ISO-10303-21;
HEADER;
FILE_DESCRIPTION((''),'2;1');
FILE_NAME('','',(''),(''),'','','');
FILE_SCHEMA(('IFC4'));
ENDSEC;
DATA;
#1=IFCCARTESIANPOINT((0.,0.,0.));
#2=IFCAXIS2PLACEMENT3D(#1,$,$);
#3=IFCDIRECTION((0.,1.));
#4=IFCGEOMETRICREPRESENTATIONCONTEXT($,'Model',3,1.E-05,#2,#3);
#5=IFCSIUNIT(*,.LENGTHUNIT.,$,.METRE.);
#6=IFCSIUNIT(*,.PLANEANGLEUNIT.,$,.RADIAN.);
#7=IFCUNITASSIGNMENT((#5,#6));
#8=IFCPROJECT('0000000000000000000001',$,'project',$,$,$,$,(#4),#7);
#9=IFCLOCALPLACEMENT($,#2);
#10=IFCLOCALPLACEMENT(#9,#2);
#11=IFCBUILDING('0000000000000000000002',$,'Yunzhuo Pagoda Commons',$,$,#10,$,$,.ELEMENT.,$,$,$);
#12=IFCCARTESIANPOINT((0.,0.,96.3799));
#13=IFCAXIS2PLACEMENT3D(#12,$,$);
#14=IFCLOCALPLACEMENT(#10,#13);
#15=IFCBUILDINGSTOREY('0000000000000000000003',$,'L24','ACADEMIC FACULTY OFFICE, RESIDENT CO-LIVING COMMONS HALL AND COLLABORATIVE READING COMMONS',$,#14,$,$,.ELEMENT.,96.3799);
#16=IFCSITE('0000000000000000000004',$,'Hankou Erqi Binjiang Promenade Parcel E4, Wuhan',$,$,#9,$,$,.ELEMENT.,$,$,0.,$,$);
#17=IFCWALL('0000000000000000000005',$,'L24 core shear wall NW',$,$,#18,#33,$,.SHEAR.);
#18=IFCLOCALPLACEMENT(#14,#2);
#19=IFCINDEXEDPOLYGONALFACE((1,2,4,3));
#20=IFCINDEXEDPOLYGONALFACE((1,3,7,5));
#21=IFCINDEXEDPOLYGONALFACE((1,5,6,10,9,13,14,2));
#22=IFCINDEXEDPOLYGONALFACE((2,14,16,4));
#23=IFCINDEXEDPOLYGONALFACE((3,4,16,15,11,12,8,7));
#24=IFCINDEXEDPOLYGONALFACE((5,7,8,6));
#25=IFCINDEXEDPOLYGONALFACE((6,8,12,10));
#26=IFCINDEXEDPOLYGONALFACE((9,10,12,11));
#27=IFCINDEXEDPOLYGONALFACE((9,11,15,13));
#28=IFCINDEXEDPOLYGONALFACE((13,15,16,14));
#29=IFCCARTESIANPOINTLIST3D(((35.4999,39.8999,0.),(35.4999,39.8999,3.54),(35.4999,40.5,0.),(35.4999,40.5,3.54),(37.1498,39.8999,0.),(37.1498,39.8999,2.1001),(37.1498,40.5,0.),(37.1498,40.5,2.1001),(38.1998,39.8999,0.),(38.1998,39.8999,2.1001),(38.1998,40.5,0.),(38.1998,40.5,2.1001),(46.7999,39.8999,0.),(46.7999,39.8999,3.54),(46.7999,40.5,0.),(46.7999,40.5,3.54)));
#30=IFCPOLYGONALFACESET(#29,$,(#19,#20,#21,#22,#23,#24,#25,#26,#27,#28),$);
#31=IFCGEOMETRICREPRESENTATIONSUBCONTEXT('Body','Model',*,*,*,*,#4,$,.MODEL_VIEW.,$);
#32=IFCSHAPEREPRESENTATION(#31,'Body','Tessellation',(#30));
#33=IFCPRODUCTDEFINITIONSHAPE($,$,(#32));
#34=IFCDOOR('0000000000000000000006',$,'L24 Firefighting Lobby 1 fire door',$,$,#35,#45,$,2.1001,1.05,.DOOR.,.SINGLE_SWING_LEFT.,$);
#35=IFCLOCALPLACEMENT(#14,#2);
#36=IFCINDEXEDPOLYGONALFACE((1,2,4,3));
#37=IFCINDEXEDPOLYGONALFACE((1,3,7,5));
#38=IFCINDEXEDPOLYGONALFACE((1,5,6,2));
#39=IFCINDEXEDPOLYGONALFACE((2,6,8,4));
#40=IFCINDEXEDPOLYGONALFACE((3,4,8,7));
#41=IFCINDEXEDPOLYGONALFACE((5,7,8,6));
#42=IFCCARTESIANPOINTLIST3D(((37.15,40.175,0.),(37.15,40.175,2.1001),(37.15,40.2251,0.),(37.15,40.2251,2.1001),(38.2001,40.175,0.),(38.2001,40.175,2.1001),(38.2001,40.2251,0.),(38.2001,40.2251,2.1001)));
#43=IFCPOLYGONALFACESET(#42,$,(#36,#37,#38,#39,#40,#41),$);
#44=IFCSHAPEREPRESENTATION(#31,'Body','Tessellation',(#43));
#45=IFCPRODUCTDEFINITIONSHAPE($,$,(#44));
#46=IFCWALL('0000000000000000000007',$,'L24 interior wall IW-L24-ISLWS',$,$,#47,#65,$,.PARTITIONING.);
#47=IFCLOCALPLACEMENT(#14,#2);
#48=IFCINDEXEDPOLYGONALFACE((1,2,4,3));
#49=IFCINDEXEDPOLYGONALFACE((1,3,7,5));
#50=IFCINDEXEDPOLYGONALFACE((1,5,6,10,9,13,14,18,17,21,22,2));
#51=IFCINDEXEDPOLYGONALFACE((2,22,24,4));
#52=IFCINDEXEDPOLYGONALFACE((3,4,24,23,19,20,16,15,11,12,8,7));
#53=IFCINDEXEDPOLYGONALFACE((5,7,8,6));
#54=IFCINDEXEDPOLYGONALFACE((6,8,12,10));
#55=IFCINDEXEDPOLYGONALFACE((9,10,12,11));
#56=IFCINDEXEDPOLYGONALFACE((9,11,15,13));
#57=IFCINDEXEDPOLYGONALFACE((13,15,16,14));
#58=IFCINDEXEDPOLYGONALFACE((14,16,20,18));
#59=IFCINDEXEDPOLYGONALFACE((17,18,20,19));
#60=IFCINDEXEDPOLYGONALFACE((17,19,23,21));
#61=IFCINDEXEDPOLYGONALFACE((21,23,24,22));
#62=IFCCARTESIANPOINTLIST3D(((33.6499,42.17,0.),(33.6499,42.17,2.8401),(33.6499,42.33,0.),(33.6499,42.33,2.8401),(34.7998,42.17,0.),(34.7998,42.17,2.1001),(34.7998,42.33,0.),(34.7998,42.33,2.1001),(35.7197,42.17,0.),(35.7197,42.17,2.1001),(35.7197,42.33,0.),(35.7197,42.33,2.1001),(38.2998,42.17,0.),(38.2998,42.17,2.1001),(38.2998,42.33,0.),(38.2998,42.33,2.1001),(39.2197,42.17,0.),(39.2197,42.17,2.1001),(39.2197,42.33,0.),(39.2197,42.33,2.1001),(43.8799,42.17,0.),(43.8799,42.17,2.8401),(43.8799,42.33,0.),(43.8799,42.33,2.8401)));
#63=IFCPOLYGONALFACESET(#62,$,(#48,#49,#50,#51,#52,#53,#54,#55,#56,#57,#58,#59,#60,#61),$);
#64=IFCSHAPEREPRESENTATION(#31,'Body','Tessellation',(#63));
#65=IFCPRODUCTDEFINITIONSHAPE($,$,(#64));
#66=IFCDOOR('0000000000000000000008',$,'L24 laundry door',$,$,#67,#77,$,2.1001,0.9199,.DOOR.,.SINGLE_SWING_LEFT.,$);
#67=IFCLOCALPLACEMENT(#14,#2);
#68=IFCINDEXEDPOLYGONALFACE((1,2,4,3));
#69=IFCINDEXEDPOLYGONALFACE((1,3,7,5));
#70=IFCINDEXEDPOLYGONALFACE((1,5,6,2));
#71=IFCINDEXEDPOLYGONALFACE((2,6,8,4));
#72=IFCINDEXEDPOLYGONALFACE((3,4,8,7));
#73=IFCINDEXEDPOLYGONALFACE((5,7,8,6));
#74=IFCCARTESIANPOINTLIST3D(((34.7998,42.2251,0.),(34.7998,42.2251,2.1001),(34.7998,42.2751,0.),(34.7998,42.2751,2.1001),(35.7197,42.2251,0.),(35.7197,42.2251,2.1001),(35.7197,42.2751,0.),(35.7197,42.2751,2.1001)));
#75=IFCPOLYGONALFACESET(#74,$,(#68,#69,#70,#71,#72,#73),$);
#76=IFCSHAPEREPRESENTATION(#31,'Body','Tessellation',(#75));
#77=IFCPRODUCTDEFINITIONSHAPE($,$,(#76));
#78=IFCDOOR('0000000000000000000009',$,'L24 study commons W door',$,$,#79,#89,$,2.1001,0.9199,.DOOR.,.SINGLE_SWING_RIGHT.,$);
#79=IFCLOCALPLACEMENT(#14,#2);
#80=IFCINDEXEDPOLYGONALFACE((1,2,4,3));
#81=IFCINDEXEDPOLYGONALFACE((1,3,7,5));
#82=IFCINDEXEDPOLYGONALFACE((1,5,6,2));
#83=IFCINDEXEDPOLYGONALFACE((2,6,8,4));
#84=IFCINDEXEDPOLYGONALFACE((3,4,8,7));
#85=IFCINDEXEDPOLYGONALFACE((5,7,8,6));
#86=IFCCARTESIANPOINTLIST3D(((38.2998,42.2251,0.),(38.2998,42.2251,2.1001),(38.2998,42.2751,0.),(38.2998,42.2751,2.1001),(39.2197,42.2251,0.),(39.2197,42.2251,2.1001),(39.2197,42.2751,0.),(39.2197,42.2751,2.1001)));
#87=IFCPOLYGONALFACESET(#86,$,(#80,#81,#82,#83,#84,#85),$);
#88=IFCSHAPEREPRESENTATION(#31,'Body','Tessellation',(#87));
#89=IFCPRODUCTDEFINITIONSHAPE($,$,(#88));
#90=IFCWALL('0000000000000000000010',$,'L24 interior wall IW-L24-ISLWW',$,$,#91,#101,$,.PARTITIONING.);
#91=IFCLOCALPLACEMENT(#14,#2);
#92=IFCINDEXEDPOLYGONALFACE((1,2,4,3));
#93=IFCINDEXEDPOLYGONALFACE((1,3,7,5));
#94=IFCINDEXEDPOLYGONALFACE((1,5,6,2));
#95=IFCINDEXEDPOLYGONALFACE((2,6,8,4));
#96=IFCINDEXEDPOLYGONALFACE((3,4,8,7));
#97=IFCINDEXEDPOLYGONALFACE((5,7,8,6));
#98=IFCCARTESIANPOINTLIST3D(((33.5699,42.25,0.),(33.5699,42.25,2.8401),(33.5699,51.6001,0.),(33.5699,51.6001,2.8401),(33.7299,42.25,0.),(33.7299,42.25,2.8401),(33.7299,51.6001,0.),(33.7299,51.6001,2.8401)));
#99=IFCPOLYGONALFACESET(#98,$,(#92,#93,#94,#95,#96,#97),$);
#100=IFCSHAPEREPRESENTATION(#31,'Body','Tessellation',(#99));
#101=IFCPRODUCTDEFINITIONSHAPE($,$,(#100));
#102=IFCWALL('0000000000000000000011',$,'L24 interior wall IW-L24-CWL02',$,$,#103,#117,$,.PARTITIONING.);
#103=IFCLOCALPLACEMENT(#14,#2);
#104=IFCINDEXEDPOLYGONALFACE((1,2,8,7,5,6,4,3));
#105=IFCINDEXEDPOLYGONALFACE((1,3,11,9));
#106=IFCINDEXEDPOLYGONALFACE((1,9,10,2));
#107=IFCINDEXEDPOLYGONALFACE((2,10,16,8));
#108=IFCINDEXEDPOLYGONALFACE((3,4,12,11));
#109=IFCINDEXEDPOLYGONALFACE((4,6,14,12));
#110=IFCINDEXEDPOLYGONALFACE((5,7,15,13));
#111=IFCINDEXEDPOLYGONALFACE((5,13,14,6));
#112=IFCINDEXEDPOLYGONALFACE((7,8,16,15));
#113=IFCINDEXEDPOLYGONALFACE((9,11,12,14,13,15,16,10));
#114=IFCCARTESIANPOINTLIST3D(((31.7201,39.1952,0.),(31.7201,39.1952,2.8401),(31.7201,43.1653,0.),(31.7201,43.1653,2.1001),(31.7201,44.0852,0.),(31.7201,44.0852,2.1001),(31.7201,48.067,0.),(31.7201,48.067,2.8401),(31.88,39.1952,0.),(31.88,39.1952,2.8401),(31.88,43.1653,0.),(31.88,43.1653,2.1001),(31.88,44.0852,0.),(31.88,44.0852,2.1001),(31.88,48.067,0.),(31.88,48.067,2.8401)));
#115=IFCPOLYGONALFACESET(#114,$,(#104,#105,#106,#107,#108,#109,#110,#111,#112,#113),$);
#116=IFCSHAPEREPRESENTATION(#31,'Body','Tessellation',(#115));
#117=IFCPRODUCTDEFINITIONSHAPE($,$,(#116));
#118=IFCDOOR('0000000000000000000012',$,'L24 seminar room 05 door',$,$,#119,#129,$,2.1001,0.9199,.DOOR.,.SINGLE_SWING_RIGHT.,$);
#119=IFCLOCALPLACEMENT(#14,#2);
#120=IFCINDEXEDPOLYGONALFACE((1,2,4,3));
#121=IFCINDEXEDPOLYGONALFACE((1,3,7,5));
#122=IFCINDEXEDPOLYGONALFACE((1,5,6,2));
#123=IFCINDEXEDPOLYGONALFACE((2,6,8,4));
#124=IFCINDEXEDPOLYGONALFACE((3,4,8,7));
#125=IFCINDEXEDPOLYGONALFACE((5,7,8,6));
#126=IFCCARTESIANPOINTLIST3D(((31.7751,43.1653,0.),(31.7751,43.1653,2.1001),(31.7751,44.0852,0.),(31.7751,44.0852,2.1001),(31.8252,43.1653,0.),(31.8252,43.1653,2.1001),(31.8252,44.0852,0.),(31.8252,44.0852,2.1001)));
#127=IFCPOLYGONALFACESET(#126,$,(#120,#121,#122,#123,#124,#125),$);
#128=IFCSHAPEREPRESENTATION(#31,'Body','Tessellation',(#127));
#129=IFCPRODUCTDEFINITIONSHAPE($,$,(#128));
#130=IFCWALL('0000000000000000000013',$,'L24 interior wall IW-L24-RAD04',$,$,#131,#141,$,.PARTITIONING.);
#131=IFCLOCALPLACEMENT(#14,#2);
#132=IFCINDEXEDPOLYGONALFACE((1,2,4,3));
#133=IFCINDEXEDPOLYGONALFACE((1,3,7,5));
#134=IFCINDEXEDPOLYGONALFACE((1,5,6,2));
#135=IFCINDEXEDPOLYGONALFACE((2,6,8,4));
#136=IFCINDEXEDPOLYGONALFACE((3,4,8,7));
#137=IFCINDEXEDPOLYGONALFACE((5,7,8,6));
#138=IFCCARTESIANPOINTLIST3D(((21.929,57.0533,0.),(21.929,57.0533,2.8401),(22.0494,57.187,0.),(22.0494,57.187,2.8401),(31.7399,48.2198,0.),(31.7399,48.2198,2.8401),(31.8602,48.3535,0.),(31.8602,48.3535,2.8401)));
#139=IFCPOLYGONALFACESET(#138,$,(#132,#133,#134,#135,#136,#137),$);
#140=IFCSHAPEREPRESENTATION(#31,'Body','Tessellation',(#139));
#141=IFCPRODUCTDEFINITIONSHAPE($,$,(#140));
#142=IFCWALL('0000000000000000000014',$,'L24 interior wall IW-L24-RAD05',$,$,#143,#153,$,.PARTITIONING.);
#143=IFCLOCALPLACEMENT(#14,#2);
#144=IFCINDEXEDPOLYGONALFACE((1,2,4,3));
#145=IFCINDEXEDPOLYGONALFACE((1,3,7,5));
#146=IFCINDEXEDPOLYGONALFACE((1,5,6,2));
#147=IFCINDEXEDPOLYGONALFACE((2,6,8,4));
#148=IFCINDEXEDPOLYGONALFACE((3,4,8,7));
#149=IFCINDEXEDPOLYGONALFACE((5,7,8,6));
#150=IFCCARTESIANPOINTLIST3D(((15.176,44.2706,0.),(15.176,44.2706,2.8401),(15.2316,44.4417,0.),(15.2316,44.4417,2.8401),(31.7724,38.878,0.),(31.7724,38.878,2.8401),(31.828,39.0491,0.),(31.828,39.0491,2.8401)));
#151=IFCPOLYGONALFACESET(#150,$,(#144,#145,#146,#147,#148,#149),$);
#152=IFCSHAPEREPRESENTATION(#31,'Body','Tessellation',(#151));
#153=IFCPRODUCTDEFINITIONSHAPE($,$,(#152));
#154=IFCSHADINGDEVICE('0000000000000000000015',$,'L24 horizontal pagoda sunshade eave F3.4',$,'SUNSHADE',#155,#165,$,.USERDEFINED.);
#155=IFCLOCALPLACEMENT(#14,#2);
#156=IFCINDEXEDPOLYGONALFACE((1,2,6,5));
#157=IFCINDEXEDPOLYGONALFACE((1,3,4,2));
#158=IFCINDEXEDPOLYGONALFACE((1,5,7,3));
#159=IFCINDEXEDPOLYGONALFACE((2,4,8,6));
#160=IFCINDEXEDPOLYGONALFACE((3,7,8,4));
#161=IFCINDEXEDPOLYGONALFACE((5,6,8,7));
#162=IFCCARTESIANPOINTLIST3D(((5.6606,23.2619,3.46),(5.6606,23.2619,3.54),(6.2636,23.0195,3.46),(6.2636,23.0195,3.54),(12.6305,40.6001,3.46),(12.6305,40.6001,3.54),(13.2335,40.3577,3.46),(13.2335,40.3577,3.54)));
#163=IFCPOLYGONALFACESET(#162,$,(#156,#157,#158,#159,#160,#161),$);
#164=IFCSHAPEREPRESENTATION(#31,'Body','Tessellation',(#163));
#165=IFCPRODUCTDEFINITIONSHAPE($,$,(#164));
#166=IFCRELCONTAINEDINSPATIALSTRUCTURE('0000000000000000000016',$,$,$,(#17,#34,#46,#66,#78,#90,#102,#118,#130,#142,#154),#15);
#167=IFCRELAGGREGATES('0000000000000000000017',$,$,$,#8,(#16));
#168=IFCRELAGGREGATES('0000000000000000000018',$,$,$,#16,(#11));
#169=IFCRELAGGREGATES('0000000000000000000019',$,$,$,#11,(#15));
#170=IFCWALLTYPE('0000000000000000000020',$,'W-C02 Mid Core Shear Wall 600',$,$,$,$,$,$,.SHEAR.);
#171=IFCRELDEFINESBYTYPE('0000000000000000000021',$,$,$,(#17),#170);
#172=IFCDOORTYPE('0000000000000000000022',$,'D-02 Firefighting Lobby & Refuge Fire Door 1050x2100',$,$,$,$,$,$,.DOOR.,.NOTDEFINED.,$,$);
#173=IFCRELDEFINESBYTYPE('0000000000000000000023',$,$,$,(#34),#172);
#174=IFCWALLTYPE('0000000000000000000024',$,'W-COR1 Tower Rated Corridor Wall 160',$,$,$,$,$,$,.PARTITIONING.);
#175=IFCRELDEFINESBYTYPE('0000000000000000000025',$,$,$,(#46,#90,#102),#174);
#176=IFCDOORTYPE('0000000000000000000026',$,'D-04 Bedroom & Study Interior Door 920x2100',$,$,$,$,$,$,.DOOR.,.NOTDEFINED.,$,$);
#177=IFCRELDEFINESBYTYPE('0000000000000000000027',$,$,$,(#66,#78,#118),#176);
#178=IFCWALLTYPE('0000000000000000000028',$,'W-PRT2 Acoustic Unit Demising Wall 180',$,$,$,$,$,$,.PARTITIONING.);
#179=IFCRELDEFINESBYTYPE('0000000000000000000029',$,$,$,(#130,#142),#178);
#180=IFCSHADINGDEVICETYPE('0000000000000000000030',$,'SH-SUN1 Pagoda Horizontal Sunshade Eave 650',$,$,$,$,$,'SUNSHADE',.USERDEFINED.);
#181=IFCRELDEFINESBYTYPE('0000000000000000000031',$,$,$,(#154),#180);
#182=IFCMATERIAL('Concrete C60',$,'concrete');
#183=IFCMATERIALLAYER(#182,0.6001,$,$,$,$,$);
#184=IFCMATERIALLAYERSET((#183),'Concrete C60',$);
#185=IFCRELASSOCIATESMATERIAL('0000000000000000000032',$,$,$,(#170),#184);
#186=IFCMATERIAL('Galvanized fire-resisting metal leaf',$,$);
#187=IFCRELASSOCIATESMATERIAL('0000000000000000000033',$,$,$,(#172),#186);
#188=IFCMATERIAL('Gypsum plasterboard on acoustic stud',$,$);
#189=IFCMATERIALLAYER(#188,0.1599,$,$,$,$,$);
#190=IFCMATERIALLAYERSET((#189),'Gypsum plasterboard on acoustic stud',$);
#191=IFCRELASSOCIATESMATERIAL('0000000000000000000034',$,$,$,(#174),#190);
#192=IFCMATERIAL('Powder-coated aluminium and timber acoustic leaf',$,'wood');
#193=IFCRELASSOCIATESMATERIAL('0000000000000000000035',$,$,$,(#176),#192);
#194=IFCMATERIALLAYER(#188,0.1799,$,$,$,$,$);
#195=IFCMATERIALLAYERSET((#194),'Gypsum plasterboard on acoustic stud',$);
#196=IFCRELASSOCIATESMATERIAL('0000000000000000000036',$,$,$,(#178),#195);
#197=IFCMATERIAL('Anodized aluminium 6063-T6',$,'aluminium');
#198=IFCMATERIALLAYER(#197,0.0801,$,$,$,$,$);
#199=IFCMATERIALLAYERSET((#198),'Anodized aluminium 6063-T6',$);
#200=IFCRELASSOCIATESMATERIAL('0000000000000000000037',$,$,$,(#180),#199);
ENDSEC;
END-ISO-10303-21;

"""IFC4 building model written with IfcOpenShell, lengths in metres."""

from ifc_helpers import new_model, si_unit, direction, frame, frame_2d, origin, origin_with_axes, origin_2d, place, context, subcontext, project, spatial, rectangle, extrude, source, transform, mapped, material, layer, layer_set, type_object, element, fill, save


model = new_model("IFC4")

# Units and contexts
model_context = context("Model", 3, precision=1e-05, world=origin(), true_north=direction((0.0, 1.0)))
body_context = subcontext(model_context, "Body", "Model", "MODEL_VIEW")
ifc_project = project(units=[si_unit("LENGTHUNIT", "METRE"), si_unit("PLANEANGLEUNIT", "RADIAN")], contexts=[model_context])

# Site, building, storey
site_placement = place(None, origin())
site = spatial("IfcSite", under=ifc_project, at=site_placement, Name="Hankou Erqi Binjiang Promenade Parcel E4, Wuhan", CompositionType="ELEMENT", RefElevation=0.0)
building_placement = place(site_placement, origin())
building = spatial("IfcBuilding", under=site, at=building_placement, Name="Yunzhuo Pagoda Commons", CompositionType="ELEMENT")
storey_placement = place(building_placement, frame((0.0, 0.0, 96.3799)))
storey = spatial("IfcBuildingStorey", under=building, at=storey_placement, Name="L24", Description="ACADEMIC FACULTY OFFICE, RESIDENT CO-LIVING COMMONS HALL AND COLLABORATIVE READING COMMONS", CompositionType="ELEMENT", Elevation=96.3799)

# Shared definitions
ifc_material_1 = material(Name="Anodized aluminium 6063-T6", Category="aluminium")

# Wall, opening, door
ifc_material_2 = material(Name="Concrete C60", Category="concrete")
ifc_layer_1 = layer(ifc_material_2, 0.6001)
ifc_layer_set_1 = layer_set([ifc_layer_1], Name="Concrete C60")
wall_type_1 = type_object("IfcWallType", Name="W-C02 Mid Core Shear Wall 600", PredefinedType="SHEAR", material=ifc_layer_set_1)
wall_1_placement = place(storey_placement, frame((35.5, 40.2, 0.0), z_axis=(0.0, 0.0, 1.0), x_axis=(1.0, 0.0, 0.0)))
wall_1 = element("IfcWall", 1, at=wall_1_placement, inside=storey, type_object=wall_type_1, Name="L24 core shear wall NW", PredefinedType="SHEAR", context=body_context, shape_type="SweptSolid", body=[
    extrude(rectangle(XDim=11.3, YDim=0.6001, at=frame_2d((5.6499, 0.0))), origin(), (0.0, 0.0, 1.0), 3.54),
])
opening_1_placement = place(wall_1_placement, frame((1.6499, 0.0, 0.0)))
opening_1 = element("IfcOpeningElement", 2, at=opening_1_placement, cuts=wall_1, PredefinedType="OPENING", context=body_context, shape_type="SweptSolid", body=[
    extrude(rectangle(XDim=1.05, YDim=2.1001, at=frame_2d((0.5249, 1.05))), frame((0.0, 0.3101, 0.0), z_axis=(0.0, -1.0, 0.0), x_axis=(1.0, 0.0, 0.0)), (0.0, 0.0, 1.0), 0.6201),
])
ifc_material_3 = material(Name="Galvanized fire-resisting metal leaf")
door_type_1 = type_object("IfcDoorType", Name="D-02 Firefighting Lobby & Refuge Fire Door 1050x2100", OperationType="NOTDEFINED", PredefinedType="DOOR", material=ifc_material_3)
shared_shape_1 = source(origin(), body_context, "Body", "SweptSolid", [
    extrude(rectangle(XDim=1.05, YDim=2.1001, at=frame_2d((0.5249, 1.05))), frame((0.0, 0.0249, 0.0), z_axis=(0.0, -1.0, 0.0), x_axis=(1.0, 0.0, 0.0)), (0.0, 0.0, 1.0), 0.05),
])
door_1_placement = place(opening_1_placement, frame((1.05, 0.0, 0.0), z_axis=(0.0, 0.0, 1.0), x_axis=(-1.0, 0.0, 0.0)))
door_1 = element("IfcDoor", 3, at=door_1_placement, inside=storey, type_object=door_type_1, Name="L24 Firefighting Lobby 1 fire door", OperationType="SINGLE_SWING_LEFT", OverallHeight=2.1001, OverallWidth=1.05, PredefinedType="DOOR", context=body_context, shape_type="MappedRepresentation", body=[
    mapped(shared_shape_1, transform((0.0, 0.0, 0.0), scale=1.0)),
])
fill(opening_1, door_1)

# Wall, openings, doors
ifc_material_4 = material(Name="Gypsum plasterboard on acoustic stud")
ifc_layer_2 = layer(ifc_material_4, 0.1599)
ifc_layer_set_2 = layer_set([ifc_layer_2], Name="Gypsum plasterboard on acoustic stud")
wall_type_2 = type_object("IfcWallType", Name="W-COR1 Tower Rated Corridor Wall 160", PredefinedType="PARTITIONING", material=ifc_layer_set_2)
wall_2_placement = place(storey_placement, frame((33.6499, 42.25, 0.0), z_axis=(0.0, 0.0, 1.0), x_axis=(1.0, 0.0, 0.0)))
wall_2 = element("IfcWall", 4, at=wall_2_placement, inside=storey, type_object=wall_type_2, Name="L24 interior wall IW-L24-ISLWS", PredefinedType="PARTITIONING", context=body_context, shape_type="SweptSolid", body=[
    extrude(rectangle(XDim=10.23, YDim=0.1599, at=frame_2d((5.115, 0.0))), origin(), (0.0, 0.0, 1.0), 2.8401),
])
opening_2_placement = place(wall_2_placement, frame((1.1499, 0.0, 0.0)))
opening_2 = element("IfcOpeningElement", 5, at=opening_2_placement, cuts=wall_2, PredefinedType="OPENING", context=body_context, shape_type="SweptSolid", body=[
    extrude(rectangle(XDim=0.9199, YDim=2.1001, at=frame_2d((0.46, 1.05))), frame((0.0, 0.0898, 0.0), z_axis=(0.0, -1.0, 0.0), x_axis=(1.0, 0.0, 0.0)), (0.0, 0.0, 1.0), 0.1799),
])
opening_3_placement = place(wall_2_placement, frame((4.6499, 0.0, 0.0)))
opening_3 = element("IfcOpeningElement", 6, at=opening_3_placement, cuts=wall_2, PredefinedType="OPENING", context=body_context, shape_type="SweptSolid", body=[
    extrude(rectangle(XDim=0.9199, YDim=2.1001, at=frame_2d((0.46, 1.05))), frame((0.0, 0.0898, 0.0), z_axis=(0.0, -1.0, 0.0), x_axis=(1.0, 0.0, 0.0)), (0.0, 0.0, 1.0), 0.1799),
])
ifc_material_5 = material(Name="Powder-coated aluminium and timber acoustic leaf", Category="wood")
door_type_2 = type_object("IfcDoorType", Name="D-04 Bedroom & Study Interior Door 920x2100", OperationType="NOTDEFINED", PredefinedType="DOOR", material=ifc_material_5)
shared_shape_2 = source(origin(), body_context, "Body", "SweptSolid", [
    extrude(rectangle(XDim=0.9199, YDim=2.1001, at=frame_2d((0.46, 1.05))), frame((0.0, 0.0249, 0.0), z_axis=(0.0, -1.0, 0.0), x_axis=(1.0, 0.0, 0.0)), (0.0, 0.0, 1.0), 0.05),
])
door_2_placement = place(opening_2_placement, frame((0.9199, 0.0, 0.0), z_axis=(0.0, 0.0, 1.0), x_axis=(-1.0, 0.0, 0.0)))
door_2 = element("IfcDoor", 7, at=door_2_placement, inside=storey, type_object=door_type_2, Name="L24 laundry door", OperationType="SINGLE_SWING_LEFT", OverallHeight=2.1001, OverallWidth=0.9199, PredefinedType="DOOR", context=body_context, shape_type="MappedRepresentation", body=[
    mapped(shared_shape_2, transform((0.0, 0.0, 0.0), scale=1.0)),
])
fill(opening_2, door_2)
door_3_placement = place(opening_3_placement, frame((0.9199, 0.0, 0.0), z_axis=(0.0, 0.0, 1.0), x_axis=(-1.0, 0.0, 0.0)))
door_3 = element("IfcDoor", 8, at=door_3_placement, inside=storey, type_object=door_type_2, Name="L24 study commons W door", OperationType="SINGLE_SWING_RIGHT", OverallHeight=2.1001, OverallWidth=0.9199, PredefinedType="DOOR", context=body_context, shape_type="MappedRepresentation", body=[
    mapped(shared_shape_2, transform((0.0, 0.0, 0.0), scale=1.0)),
])
fill(opening_3, door_3)

# Wall
wall_3_placement = place(storey_placement, frame((33.6499, 42.25, 0.0), z_axis=(0.0, 0.0, 1.0), x_axis=(0.0, 1.0, 0.0)))
element("IfcWall", 9, at=wall_3_placement, inside=storey, type_object=wall_type_2, Name="L24 interior wall IW-L24-ISLWW", PredefinedType="PARTITIONING", context=body_context, shape_type="SweptSolid", body=[
    extrude(rectangle(XDim=9.3501, YDim=0.1599, at=frame_2d((4.675, 0.0))), origin(), (0.0, 0.0, 1.0), 2.8401),
])

# Wall, opening, door
wall_4_placement = place(storey_placement, frame((31.8, 39.1951, 0.0), z_axis=(0.0, 0.0, 1.0), x_axis=(0.0, 1.0, 0.0)))
wall_4 = element("IfcWall", 10, at=wall_4_placement, inside=storey, type_object=wall_type_2, Name="L24 interior wall IW-L24-CWL02", PredefinedType="PARTITIONING", context=body_context, shape_type="SweptSolid", body=[
    extrude(rectangle(XDim=8.8718, YDim=0.1599, at=frame_2d((4.436, 0.0))), origin(), (0.0, 0.0, 1.0), 2.8401),
])
opening_4_placement = place(wall_4_placement, frame((3.9702, 0.0, 0.0)))
opening_4 = element("IfcOpeningElement", 11, at=opening_4_placement, cuts=wall_4, PredefinedType="OPENING", context=body_context, shape_type="SweptSolid", body=[
    extrude(rectangle(XDim=0.9199, YDim=2.1001, at=frame_2d((0.46, 1.05))), frame((0.0, 0.0898, 0.0), z_axis=(0.0, -1.0, 0.0), x_axis=(1.0, 0.0, 0.0)), (0.0, 0.0, 1.0), 0.1799),
])
door_4_placement = place(opening_4_placement, origin_with_axes())
door_4 = element("IfcDoor", 12, at=door_4_placement, inside=storey, type_object=door_type_2, Name="L24 seminar room 05 door", OperationType="SINGLE_SWING_RIGHT", OverallHeight=2.1001, OverallWidth=0.9199, PredefinedType="DOOR", context=body_context, shape_type="MappedRepresentation", body=[
    mapped(shared_shape_2, transform((0.0, 0.0, 0.0), scale=1.0)),
])
fill(opening_4, door_4)

# Walls
ifc_layer_3 = layer(ifc_material_4, 0.1799)
ifc_layer_set_3 = layer_set([ifc_layer_3], Name="Gypsum plasterboard on acoustic stud")
wall_type_3 = type_object("IfcWallType", Name="W-PRT2 Acoustic Unit Demising Wall 180", PredefinedType="PARTITIONING", material=ifc_layer_set_3)
wall_5_placement = place(storey_placement, frame((31.8, 48.2866, 0.0), z_axis=(0.0, 0.0, 1.0), x_axis=(-0.743152, 0.669123, 0.0)))
element("IfcWall", 13, at=wall_5_placement, inside=storey, type_object=wall_type_3, Name="L24 interior wall IW-L24-RAD04", PredefinedType="PARTITIONING", context=body_context, shape_type="SweptSolid", body=[
    extrude(rectangle(XDim=13.2017, YDim=0.1799, at=frame_2d((6.6008, 0.0))), origin(), (0.0, 0.0, 1.0), 2.8401),
])
wall_6_placement = place(storey_placement, frame((31.8, 38.9636, 0.0), z_axis=(0.0, 0.0, 1.0), x_axis=(-0.951055, 0.309021, 0.0)))
element("IfcWall", 14, at=wall_6_placement, inside=storey, type_object=wall_type_3, Name="L24 interior wall IW-L24-RAD05", PredefinedType="PARTITIONING", context=body_context, shape_type="SweptSolid", body=[
    extrude(rectangle(XDim=17.4504, YDim=0.1799, at=frame_2d((8.7251, 0.0))), origin(), (0.0, 0.0, 1.0), 2.8401),
])

# Shading device
ifc_layer_4 = layer(ifc_material_1, 0.0801)
ifc_layer_set_4 = layer_set([ifc_layer_4], Name="Anodized aluminium 6063-T6")
shading_device_type = type_object("IfcShadingDeviceType", Name="SH-SUN1 Pagoda Horizontal Sunshade Eave 650", ElementType="SUNSHADE", PredefinedType="USERDEFINED", material=ifc_layer_set_4)
shared_shape_3 = source(origin(), body_context, "Body", "SweptSolid", [
    extrude(rectangle(XDim=18.6868, YDim=0.6499, at=origin_2d()), origin(), (0.0, 0.0, 1.0), 0.0801),
])
shading_device_placement = place(storey_placement, frame((9.447, 31.8098, 3.46), z_axis=(0.0, 0.0, 1.0), x_axis=(-0.372988, -0.927836, 0.0)))
element("IfcShadingDevice", 15, at=shading_device_placement, inside=storey, type_object=shading_device_type, Name="L24 horizontal pagoda sunshade eave F3.4", ObjectType="SUNSHADE", PredefinedType="USERDEFINED", context=body_context, shape_type="MappedRepresentation", body=[
    mapped(shared_shape_3, transform((0.0, 0.0, 0.0), scale=1.0)),
])

save(model, "model.ifc")
